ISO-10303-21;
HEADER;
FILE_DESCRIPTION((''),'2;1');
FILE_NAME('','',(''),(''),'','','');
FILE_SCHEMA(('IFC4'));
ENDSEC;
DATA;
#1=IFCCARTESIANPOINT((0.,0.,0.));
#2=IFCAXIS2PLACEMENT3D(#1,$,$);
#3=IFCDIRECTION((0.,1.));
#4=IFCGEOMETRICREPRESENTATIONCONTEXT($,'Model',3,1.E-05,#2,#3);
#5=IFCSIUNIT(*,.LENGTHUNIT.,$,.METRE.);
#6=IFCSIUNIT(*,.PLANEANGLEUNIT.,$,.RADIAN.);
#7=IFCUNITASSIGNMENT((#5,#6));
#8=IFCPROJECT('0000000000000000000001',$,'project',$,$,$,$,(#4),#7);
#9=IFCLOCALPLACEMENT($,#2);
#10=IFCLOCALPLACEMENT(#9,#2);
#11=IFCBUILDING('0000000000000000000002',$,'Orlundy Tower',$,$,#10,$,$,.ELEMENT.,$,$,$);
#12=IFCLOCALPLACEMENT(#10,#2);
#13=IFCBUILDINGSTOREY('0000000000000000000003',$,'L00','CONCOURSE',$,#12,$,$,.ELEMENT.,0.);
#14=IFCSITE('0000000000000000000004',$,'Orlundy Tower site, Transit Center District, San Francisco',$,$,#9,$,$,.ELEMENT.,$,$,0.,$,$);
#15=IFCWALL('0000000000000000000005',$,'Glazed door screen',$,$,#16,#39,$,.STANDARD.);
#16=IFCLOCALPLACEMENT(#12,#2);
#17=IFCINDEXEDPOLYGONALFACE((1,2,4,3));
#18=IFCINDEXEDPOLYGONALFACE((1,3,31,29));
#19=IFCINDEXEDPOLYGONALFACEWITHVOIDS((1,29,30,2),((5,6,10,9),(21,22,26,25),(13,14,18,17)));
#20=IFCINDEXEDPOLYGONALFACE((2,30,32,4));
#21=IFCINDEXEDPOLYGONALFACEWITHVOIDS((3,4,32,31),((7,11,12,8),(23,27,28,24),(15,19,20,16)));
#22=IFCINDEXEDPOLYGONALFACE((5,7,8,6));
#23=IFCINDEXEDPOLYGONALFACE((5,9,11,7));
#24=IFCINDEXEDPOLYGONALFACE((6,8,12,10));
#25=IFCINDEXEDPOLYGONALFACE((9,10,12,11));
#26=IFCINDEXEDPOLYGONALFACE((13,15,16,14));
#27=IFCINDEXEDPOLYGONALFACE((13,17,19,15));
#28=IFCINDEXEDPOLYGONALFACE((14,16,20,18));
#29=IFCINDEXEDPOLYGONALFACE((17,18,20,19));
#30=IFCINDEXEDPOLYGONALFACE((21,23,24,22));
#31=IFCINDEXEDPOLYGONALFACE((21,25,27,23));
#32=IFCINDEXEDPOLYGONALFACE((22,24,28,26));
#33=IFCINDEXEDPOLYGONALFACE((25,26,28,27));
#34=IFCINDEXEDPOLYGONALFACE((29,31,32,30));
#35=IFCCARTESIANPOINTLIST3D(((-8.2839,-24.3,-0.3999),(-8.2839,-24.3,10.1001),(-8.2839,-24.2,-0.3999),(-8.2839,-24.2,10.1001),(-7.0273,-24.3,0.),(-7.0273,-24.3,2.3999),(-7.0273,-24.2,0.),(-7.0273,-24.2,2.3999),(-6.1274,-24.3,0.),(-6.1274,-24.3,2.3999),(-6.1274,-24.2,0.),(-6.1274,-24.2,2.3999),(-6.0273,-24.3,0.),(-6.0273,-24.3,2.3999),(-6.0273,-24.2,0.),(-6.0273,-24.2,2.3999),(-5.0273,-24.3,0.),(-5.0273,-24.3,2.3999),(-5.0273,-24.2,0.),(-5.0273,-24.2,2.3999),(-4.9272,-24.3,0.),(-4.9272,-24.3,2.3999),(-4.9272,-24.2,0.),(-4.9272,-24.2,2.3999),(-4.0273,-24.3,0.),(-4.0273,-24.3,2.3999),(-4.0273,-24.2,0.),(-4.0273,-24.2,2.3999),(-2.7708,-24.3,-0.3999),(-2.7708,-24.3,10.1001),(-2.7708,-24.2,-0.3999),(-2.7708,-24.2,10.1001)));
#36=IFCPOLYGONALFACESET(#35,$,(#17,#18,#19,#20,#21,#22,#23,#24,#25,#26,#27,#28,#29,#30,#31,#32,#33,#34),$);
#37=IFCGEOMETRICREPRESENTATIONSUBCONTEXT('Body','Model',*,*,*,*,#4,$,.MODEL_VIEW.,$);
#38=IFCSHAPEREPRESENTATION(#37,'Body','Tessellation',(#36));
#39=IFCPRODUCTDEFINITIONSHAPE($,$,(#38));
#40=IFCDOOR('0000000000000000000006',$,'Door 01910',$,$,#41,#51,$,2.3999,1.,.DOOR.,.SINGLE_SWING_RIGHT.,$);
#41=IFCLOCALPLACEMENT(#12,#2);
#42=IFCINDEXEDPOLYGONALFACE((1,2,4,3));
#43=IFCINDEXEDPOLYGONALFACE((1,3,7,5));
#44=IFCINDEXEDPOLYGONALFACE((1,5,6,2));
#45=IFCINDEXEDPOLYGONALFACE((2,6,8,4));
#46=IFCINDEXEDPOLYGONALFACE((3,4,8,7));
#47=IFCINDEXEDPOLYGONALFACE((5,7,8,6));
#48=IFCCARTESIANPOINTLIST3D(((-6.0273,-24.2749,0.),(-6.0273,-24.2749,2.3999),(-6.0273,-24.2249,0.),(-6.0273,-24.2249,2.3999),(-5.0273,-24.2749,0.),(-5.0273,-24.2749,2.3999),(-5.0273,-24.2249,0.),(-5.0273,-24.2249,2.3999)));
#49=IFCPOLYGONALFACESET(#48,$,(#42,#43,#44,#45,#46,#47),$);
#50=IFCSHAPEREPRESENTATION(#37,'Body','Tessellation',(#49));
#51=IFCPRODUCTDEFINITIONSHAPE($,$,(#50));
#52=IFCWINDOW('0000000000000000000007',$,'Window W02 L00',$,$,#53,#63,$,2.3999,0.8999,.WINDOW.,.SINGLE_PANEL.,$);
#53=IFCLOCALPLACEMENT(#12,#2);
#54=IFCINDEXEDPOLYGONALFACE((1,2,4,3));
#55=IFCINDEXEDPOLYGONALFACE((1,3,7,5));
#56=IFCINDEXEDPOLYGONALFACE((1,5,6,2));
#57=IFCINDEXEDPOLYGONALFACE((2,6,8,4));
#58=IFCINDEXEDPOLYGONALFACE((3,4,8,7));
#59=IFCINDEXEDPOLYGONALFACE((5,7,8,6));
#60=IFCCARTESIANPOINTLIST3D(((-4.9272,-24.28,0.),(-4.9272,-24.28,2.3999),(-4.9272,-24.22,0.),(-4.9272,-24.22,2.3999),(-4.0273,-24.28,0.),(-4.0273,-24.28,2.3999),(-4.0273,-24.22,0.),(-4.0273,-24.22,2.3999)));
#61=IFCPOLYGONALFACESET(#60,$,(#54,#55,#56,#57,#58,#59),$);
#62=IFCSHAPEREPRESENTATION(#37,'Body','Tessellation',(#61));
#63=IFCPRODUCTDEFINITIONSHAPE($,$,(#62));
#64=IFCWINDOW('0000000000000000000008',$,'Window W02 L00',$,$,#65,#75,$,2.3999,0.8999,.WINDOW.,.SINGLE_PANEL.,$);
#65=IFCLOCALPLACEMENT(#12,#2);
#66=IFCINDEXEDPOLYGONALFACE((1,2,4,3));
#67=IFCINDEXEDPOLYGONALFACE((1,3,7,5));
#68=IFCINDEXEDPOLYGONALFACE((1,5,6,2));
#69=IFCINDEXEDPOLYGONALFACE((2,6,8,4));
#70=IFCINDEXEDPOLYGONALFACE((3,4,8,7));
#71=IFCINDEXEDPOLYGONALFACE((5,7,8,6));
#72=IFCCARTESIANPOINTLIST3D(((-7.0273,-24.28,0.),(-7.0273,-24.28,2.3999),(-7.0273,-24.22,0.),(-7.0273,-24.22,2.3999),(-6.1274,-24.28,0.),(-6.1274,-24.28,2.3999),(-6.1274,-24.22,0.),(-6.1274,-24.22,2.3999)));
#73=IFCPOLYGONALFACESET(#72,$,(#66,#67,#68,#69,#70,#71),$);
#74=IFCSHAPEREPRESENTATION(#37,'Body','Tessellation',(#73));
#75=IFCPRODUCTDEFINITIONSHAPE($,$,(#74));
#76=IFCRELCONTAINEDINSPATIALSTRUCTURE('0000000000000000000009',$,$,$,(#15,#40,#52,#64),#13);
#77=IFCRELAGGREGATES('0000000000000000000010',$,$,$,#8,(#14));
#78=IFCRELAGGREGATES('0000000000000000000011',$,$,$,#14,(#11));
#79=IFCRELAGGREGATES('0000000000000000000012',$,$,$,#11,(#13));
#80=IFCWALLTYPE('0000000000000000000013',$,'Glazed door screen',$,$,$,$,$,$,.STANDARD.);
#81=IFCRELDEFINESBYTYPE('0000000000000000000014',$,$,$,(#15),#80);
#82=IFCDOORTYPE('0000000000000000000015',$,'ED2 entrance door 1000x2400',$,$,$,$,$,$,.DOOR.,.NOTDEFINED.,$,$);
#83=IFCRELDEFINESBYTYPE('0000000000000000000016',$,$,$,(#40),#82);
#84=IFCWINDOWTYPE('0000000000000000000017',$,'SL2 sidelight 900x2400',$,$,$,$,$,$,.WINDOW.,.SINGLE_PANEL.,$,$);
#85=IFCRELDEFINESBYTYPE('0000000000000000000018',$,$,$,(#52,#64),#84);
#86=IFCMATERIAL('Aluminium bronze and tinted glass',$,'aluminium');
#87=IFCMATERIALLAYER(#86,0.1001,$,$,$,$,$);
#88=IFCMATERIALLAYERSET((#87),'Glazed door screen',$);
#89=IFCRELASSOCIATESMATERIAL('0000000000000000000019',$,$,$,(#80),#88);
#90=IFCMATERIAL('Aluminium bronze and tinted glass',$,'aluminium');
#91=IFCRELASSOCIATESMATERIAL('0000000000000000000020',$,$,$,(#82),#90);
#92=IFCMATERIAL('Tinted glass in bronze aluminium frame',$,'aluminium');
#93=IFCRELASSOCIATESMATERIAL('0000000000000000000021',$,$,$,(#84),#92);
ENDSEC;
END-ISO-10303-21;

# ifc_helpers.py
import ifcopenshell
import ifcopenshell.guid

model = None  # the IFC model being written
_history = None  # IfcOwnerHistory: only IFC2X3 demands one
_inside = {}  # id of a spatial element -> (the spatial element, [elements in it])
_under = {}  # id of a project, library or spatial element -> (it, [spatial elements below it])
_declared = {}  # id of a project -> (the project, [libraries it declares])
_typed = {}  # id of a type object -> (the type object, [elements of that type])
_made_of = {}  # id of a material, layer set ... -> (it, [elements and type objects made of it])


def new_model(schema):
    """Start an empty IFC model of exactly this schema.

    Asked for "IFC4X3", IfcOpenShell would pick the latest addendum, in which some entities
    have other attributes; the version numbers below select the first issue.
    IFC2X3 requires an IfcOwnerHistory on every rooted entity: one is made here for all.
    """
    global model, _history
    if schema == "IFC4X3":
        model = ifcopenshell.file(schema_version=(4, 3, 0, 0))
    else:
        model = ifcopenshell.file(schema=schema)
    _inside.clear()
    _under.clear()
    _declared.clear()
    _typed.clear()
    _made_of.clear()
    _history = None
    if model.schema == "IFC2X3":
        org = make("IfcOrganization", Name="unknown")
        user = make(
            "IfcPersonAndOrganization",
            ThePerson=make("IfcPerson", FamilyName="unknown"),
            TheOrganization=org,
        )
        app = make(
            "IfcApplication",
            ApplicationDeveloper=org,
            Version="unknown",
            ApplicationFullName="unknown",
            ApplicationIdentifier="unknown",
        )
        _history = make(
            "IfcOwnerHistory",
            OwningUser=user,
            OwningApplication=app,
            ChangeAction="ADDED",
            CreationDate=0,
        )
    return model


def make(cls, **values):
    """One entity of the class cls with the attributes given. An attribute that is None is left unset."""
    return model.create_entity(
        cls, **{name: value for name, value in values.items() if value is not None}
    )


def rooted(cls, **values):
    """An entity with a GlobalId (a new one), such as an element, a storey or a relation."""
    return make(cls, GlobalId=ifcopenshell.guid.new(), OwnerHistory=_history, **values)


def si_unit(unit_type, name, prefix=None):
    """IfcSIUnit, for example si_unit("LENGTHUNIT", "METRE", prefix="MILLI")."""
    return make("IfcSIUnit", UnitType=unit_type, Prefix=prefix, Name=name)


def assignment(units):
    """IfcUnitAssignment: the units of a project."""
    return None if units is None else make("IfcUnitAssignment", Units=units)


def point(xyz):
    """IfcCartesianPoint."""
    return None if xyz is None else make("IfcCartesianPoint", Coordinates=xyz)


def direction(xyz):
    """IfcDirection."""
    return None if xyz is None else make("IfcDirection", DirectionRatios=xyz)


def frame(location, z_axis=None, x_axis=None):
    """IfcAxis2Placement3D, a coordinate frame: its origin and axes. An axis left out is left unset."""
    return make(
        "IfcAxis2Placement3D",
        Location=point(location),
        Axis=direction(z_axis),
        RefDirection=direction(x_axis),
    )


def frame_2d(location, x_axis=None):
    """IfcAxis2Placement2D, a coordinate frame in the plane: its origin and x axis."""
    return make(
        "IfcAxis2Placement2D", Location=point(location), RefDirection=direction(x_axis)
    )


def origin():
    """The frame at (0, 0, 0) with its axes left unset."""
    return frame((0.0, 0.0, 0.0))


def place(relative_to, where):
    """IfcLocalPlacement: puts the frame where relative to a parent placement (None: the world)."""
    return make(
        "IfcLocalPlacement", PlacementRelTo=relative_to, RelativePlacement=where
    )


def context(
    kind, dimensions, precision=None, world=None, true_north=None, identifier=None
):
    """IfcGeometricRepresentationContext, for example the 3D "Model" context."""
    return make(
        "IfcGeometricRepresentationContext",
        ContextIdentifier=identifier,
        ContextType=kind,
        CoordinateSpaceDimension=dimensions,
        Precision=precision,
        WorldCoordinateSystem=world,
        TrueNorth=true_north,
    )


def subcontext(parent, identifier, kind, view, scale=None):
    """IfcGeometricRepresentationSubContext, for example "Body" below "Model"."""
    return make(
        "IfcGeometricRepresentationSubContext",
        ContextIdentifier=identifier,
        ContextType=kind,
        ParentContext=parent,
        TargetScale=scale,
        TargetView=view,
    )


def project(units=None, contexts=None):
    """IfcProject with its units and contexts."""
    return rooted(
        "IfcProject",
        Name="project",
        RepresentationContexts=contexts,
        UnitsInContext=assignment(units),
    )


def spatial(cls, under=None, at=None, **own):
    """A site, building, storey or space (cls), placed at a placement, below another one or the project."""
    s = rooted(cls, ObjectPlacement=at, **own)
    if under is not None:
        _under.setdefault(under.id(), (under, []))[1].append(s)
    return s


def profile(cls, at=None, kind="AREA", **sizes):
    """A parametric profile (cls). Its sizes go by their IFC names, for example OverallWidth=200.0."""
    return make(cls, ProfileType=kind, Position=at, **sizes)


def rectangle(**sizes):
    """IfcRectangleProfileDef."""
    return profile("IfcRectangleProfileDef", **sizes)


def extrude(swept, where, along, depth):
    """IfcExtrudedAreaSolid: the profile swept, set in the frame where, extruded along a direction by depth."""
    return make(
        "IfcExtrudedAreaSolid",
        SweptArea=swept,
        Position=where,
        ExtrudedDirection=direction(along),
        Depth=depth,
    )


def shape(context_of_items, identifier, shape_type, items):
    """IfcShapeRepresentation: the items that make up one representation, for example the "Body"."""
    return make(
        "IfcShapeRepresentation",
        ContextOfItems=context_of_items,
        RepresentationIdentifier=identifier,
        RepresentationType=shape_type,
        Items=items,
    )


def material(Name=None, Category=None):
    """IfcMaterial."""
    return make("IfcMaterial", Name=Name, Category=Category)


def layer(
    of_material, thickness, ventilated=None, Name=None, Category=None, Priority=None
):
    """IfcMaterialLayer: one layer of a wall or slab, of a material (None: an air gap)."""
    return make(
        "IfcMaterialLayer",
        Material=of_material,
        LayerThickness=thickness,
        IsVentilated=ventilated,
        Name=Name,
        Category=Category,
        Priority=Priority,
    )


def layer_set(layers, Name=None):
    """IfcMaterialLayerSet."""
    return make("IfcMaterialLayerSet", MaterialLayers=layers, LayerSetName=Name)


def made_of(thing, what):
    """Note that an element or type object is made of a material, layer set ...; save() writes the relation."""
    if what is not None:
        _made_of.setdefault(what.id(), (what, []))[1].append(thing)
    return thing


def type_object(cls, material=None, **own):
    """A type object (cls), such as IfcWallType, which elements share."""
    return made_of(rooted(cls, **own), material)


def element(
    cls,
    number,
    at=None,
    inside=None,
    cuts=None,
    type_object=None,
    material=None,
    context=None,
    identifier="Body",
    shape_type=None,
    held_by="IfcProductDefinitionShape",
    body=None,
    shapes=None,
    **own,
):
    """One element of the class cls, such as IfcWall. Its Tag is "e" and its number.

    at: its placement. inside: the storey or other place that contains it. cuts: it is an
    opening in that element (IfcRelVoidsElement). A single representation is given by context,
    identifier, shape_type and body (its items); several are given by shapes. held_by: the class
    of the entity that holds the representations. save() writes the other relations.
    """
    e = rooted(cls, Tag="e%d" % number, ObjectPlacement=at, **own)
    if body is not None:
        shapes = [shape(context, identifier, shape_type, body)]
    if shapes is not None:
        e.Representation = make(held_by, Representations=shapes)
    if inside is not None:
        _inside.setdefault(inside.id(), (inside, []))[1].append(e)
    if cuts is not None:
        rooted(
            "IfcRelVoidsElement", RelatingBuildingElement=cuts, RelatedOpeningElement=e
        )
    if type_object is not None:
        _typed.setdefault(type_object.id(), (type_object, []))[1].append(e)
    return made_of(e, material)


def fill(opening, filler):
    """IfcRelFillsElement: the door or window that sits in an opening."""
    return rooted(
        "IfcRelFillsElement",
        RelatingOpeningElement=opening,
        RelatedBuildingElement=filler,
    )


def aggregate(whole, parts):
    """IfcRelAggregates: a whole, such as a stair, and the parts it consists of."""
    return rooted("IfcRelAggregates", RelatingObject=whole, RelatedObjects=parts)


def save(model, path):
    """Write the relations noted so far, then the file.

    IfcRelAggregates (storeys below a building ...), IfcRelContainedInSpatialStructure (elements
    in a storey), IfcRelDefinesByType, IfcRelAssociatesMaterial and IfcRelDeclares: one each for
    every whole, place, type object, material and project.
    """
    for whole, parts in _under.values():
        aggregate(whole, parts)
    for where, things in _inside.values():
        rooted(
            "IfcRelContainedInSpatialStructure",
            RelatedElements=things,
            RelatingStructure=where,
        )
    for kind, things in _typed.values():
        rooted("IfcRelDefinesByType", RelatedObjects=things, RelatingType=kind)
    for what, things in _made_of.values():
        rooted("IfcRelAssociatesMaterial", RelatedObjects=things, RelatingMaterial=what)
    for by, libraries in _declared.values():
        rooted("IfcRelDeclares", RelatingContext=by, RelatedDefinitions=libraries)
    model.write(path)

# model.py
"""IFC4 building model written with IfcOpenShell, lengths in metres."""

from ifc_helpers import new_model, si_unit, direction, frame, frame_2d, origin, place, context, subcontext, project, spatial, rectangle, extrude, material, layer, layer_set, type_object, element, fill, save


model = new_model("IFC4")

# Units and contexts
model_context = context("Model", 3, precision=1e-05, world=origin(), true_north=direction((0.0, 1.0)))
body_context = subcontext(model_context, "Body", "Model", "MODEL_VIEW")
ifc_project = project(units=[si_unit("LENGTHUNIT", "METRE"), si_unit("PLANEANGLEUNIT", "RADIAN")], contexts=[model_context])

# Site, building, storey
site_placement = place(None, origin())
site = spatial("IfcSite", under=ifc_project, at=site_placement, Name="Orlundy Tower site, Transit Center District, San Francisco", CompositionType="ELEMENT", RefElevation=0.0)
building_placement = place(site_placement, origin())
building = spatial("IfcBuilding", under=site, at=building_placement, Name="Orlundy Tower", CompositionType="ELEMENT")
storey_placement = place(building_placement, origin())
storey = spatial("IfcBuildingStorey", under=building, at=storey_placement, Name="L00", Description="CONCOURSE", CompositionType="ELEMENT", Elevation=0.0)

# Wall, openings, door, windows
ifc_material_1 = material(Name="Aluminium bronze and tinted glass", Category="aluminium")
ifc_layer = layer(ifc_material_1, 0.1001)
ifc_layer_set = layer_set([ifc_layer], Name="Glazed door screen")
wall_type = type_object("IfcWallType", Name="Glazed door screen", PredefinedType="STANDARD", material=ifc_layer_set)
wall_placement = place(storey_placement, frame((-2.7708, -24.25, -0.3999), z_axis=(0.0, 0.0, 1.0), x_axis=(-1.0, 0.0, 0.0)))
wall = element("IfcWall", 1, at=wall_placement, inside=storey, type_object=wall_type, Name="Glazed door screen", PredefinedType="STANDARD", context=body_context, shape_type="SweptSolid", body=[
    extrude(rectangle(XDim=5.5132, YDim=0.1001, at=frame_2d((2.7566, 0.0))), origin(), (0.0, 0.0, 1.0), 10.5),
])
opening_1_placement = place(wall_placement, frame((2.2566, 0.0, 0.3999)))
opening_1 = element("IfcOpeningElement", 2, at=opening_1_placement, cuts=wall, PredefinedType="OPENING", context=body_context, shape_type="SweptSolid", body=[
    extrude(rectangle(XDim=1.0, YDim=2.3999, at=frame_2d((0.5, 1.2))), frame((0.0, 0.0601, 0.0), z_axis=(0.0, -1.0, 0.0), x_axis=(1.0, 0.0, 0.0)), (0.0, 0.0, 1.0), 0.1201),
])
opening_2_placement = place(wall_placement, frame((1.2566, 0.0, 0.3999)))
opening_2 = element("IfcOpeningElement", 3, at=opening_2_placement, cuts=wall, PredefinedType="OPENING", context=body_context, shape_type="SweptSolid", body=[
    extrude(rectangle(XDim=0.8999, YDim=2.3999, at=frame_2d((0.45, 1.2))), frame((0.0, 0.0601, 0.0), z_axis=(0.0, -1.0, 0.0), x_axis=(1.0, 0.0, 0.0)), (0.0, 0.0, 1.0), 0.1201),
])
opening_3_placement = place(wall_placement, frame((3.3567, 0.0, 0.3999)))
opening_3 = element("IfcOpeningElement", 4, at=opening_3_placement, cuts=wall, PredefinedType="OPENING", context=body_context, shape_type="SweptSolid", body=[
    extrude(rectangle(XDim=0.8999, YDim=2.3999, at=frame_2d((0.45, 1.2))), frame((0.0, 0.0601, 0.0), z_axis=(0.0, -1.0, 0.0), x_axis=(1.0, 0.0, 0.0)), (0.0, 0.0, 1.0), 0.1201),
])
ifc_material_2 = material(Name="Aluminium bronze and tinted glass", Category="aluminium")
door_type = type_object("IfcDoorType", Name="ED2 entrance door 1000x2400", OperationType="NOTDEFINED", PredefinedType="DOOR", material=ifc_material_2)
door_placement = place(opening_1_placement, origin())
door = element("IfcDoor", 5, at=door_placement, inside=storey, type_object=door_type, Name="Door 01910", OperationType="SINGLE_SWING_RIGHT", OverallHeight=2.3999, OverallWidth=1.0, PredefinedType="DOOR", context=body_context, shape_type="SweptSolid", body=[
    extrude(rectangle(XDim=1.0, YDim=2.3999, at=frame_2d((0.5, 1.2))), frame((0.0, 0.0249, 0.0), z_axis=(0.0, -1.0, 0.0), x_axis=(1.0, 0.0, 0.0)), (0.0, 0.0, 1.0), 0.05),
])
fill(opening_1, door)
ifc_material_3 = material(Name="Tinted glass in bronze aluminium frame", Category="aluminium")
window_type = type_object("IfcWindowType", Name="SL2 sidelight 900x2400", PartitioningType="SINGLE_PANEL", PredefinedType="WINDOW", material=ifc_material_3)
window_1_placement = place(opening_2_placement, origin())
window_1 = element("IfcWindow", 6, at=window_1_placement, inside=storey, type_object=window_type, Name="Window W02 L00", OverallHeight=2.3999, OverallWidth=0.8999, PartitioningType="SINGLE_PANEL", PredefinedType="WINDOW", context=body_context, shape_type="SweptSolid", body=[
    extrude(rectangle(XDim=0.8999, YDim=2.3999, at=frame_2d((0.45, 1.2))), frame((0.0, 0.03, 0.0), z_axis=(0.0, -1.0, 0.0), x_axis=(1.0, 0.0, 0.0)), (0.0, 0.0, 1.0), 0.0601),
])
fill(opening_2, window_1)
window_2_placement = place(opening_3_placement, origin())
window_2 = element("IfcWindow", 7, at=window_2_placement, inside=storey, type_object=window_type, Name="Window W02 L00", OverallHeight=2.3999, OverallWidth=0.8999, PartitioningType="SINGLE_PANEL", PredefinedType="WINDOW", context=body_context, shape_type="SweptSolid", body=[
    extrude(rectangle(XDim=0.8999, YDim=2.3999, at=frame_2d((0.45, 1.2))), frame((0.0, 0.03, 0.0), z_axis=(0.0, -1.0, 0.0), x_axis=(1.0, 0.0, 0.0)), (0.0, 0.0, 1.0), 0.0601),
])
fill(opening_3, window_2)

save(model, "model.ifc")
